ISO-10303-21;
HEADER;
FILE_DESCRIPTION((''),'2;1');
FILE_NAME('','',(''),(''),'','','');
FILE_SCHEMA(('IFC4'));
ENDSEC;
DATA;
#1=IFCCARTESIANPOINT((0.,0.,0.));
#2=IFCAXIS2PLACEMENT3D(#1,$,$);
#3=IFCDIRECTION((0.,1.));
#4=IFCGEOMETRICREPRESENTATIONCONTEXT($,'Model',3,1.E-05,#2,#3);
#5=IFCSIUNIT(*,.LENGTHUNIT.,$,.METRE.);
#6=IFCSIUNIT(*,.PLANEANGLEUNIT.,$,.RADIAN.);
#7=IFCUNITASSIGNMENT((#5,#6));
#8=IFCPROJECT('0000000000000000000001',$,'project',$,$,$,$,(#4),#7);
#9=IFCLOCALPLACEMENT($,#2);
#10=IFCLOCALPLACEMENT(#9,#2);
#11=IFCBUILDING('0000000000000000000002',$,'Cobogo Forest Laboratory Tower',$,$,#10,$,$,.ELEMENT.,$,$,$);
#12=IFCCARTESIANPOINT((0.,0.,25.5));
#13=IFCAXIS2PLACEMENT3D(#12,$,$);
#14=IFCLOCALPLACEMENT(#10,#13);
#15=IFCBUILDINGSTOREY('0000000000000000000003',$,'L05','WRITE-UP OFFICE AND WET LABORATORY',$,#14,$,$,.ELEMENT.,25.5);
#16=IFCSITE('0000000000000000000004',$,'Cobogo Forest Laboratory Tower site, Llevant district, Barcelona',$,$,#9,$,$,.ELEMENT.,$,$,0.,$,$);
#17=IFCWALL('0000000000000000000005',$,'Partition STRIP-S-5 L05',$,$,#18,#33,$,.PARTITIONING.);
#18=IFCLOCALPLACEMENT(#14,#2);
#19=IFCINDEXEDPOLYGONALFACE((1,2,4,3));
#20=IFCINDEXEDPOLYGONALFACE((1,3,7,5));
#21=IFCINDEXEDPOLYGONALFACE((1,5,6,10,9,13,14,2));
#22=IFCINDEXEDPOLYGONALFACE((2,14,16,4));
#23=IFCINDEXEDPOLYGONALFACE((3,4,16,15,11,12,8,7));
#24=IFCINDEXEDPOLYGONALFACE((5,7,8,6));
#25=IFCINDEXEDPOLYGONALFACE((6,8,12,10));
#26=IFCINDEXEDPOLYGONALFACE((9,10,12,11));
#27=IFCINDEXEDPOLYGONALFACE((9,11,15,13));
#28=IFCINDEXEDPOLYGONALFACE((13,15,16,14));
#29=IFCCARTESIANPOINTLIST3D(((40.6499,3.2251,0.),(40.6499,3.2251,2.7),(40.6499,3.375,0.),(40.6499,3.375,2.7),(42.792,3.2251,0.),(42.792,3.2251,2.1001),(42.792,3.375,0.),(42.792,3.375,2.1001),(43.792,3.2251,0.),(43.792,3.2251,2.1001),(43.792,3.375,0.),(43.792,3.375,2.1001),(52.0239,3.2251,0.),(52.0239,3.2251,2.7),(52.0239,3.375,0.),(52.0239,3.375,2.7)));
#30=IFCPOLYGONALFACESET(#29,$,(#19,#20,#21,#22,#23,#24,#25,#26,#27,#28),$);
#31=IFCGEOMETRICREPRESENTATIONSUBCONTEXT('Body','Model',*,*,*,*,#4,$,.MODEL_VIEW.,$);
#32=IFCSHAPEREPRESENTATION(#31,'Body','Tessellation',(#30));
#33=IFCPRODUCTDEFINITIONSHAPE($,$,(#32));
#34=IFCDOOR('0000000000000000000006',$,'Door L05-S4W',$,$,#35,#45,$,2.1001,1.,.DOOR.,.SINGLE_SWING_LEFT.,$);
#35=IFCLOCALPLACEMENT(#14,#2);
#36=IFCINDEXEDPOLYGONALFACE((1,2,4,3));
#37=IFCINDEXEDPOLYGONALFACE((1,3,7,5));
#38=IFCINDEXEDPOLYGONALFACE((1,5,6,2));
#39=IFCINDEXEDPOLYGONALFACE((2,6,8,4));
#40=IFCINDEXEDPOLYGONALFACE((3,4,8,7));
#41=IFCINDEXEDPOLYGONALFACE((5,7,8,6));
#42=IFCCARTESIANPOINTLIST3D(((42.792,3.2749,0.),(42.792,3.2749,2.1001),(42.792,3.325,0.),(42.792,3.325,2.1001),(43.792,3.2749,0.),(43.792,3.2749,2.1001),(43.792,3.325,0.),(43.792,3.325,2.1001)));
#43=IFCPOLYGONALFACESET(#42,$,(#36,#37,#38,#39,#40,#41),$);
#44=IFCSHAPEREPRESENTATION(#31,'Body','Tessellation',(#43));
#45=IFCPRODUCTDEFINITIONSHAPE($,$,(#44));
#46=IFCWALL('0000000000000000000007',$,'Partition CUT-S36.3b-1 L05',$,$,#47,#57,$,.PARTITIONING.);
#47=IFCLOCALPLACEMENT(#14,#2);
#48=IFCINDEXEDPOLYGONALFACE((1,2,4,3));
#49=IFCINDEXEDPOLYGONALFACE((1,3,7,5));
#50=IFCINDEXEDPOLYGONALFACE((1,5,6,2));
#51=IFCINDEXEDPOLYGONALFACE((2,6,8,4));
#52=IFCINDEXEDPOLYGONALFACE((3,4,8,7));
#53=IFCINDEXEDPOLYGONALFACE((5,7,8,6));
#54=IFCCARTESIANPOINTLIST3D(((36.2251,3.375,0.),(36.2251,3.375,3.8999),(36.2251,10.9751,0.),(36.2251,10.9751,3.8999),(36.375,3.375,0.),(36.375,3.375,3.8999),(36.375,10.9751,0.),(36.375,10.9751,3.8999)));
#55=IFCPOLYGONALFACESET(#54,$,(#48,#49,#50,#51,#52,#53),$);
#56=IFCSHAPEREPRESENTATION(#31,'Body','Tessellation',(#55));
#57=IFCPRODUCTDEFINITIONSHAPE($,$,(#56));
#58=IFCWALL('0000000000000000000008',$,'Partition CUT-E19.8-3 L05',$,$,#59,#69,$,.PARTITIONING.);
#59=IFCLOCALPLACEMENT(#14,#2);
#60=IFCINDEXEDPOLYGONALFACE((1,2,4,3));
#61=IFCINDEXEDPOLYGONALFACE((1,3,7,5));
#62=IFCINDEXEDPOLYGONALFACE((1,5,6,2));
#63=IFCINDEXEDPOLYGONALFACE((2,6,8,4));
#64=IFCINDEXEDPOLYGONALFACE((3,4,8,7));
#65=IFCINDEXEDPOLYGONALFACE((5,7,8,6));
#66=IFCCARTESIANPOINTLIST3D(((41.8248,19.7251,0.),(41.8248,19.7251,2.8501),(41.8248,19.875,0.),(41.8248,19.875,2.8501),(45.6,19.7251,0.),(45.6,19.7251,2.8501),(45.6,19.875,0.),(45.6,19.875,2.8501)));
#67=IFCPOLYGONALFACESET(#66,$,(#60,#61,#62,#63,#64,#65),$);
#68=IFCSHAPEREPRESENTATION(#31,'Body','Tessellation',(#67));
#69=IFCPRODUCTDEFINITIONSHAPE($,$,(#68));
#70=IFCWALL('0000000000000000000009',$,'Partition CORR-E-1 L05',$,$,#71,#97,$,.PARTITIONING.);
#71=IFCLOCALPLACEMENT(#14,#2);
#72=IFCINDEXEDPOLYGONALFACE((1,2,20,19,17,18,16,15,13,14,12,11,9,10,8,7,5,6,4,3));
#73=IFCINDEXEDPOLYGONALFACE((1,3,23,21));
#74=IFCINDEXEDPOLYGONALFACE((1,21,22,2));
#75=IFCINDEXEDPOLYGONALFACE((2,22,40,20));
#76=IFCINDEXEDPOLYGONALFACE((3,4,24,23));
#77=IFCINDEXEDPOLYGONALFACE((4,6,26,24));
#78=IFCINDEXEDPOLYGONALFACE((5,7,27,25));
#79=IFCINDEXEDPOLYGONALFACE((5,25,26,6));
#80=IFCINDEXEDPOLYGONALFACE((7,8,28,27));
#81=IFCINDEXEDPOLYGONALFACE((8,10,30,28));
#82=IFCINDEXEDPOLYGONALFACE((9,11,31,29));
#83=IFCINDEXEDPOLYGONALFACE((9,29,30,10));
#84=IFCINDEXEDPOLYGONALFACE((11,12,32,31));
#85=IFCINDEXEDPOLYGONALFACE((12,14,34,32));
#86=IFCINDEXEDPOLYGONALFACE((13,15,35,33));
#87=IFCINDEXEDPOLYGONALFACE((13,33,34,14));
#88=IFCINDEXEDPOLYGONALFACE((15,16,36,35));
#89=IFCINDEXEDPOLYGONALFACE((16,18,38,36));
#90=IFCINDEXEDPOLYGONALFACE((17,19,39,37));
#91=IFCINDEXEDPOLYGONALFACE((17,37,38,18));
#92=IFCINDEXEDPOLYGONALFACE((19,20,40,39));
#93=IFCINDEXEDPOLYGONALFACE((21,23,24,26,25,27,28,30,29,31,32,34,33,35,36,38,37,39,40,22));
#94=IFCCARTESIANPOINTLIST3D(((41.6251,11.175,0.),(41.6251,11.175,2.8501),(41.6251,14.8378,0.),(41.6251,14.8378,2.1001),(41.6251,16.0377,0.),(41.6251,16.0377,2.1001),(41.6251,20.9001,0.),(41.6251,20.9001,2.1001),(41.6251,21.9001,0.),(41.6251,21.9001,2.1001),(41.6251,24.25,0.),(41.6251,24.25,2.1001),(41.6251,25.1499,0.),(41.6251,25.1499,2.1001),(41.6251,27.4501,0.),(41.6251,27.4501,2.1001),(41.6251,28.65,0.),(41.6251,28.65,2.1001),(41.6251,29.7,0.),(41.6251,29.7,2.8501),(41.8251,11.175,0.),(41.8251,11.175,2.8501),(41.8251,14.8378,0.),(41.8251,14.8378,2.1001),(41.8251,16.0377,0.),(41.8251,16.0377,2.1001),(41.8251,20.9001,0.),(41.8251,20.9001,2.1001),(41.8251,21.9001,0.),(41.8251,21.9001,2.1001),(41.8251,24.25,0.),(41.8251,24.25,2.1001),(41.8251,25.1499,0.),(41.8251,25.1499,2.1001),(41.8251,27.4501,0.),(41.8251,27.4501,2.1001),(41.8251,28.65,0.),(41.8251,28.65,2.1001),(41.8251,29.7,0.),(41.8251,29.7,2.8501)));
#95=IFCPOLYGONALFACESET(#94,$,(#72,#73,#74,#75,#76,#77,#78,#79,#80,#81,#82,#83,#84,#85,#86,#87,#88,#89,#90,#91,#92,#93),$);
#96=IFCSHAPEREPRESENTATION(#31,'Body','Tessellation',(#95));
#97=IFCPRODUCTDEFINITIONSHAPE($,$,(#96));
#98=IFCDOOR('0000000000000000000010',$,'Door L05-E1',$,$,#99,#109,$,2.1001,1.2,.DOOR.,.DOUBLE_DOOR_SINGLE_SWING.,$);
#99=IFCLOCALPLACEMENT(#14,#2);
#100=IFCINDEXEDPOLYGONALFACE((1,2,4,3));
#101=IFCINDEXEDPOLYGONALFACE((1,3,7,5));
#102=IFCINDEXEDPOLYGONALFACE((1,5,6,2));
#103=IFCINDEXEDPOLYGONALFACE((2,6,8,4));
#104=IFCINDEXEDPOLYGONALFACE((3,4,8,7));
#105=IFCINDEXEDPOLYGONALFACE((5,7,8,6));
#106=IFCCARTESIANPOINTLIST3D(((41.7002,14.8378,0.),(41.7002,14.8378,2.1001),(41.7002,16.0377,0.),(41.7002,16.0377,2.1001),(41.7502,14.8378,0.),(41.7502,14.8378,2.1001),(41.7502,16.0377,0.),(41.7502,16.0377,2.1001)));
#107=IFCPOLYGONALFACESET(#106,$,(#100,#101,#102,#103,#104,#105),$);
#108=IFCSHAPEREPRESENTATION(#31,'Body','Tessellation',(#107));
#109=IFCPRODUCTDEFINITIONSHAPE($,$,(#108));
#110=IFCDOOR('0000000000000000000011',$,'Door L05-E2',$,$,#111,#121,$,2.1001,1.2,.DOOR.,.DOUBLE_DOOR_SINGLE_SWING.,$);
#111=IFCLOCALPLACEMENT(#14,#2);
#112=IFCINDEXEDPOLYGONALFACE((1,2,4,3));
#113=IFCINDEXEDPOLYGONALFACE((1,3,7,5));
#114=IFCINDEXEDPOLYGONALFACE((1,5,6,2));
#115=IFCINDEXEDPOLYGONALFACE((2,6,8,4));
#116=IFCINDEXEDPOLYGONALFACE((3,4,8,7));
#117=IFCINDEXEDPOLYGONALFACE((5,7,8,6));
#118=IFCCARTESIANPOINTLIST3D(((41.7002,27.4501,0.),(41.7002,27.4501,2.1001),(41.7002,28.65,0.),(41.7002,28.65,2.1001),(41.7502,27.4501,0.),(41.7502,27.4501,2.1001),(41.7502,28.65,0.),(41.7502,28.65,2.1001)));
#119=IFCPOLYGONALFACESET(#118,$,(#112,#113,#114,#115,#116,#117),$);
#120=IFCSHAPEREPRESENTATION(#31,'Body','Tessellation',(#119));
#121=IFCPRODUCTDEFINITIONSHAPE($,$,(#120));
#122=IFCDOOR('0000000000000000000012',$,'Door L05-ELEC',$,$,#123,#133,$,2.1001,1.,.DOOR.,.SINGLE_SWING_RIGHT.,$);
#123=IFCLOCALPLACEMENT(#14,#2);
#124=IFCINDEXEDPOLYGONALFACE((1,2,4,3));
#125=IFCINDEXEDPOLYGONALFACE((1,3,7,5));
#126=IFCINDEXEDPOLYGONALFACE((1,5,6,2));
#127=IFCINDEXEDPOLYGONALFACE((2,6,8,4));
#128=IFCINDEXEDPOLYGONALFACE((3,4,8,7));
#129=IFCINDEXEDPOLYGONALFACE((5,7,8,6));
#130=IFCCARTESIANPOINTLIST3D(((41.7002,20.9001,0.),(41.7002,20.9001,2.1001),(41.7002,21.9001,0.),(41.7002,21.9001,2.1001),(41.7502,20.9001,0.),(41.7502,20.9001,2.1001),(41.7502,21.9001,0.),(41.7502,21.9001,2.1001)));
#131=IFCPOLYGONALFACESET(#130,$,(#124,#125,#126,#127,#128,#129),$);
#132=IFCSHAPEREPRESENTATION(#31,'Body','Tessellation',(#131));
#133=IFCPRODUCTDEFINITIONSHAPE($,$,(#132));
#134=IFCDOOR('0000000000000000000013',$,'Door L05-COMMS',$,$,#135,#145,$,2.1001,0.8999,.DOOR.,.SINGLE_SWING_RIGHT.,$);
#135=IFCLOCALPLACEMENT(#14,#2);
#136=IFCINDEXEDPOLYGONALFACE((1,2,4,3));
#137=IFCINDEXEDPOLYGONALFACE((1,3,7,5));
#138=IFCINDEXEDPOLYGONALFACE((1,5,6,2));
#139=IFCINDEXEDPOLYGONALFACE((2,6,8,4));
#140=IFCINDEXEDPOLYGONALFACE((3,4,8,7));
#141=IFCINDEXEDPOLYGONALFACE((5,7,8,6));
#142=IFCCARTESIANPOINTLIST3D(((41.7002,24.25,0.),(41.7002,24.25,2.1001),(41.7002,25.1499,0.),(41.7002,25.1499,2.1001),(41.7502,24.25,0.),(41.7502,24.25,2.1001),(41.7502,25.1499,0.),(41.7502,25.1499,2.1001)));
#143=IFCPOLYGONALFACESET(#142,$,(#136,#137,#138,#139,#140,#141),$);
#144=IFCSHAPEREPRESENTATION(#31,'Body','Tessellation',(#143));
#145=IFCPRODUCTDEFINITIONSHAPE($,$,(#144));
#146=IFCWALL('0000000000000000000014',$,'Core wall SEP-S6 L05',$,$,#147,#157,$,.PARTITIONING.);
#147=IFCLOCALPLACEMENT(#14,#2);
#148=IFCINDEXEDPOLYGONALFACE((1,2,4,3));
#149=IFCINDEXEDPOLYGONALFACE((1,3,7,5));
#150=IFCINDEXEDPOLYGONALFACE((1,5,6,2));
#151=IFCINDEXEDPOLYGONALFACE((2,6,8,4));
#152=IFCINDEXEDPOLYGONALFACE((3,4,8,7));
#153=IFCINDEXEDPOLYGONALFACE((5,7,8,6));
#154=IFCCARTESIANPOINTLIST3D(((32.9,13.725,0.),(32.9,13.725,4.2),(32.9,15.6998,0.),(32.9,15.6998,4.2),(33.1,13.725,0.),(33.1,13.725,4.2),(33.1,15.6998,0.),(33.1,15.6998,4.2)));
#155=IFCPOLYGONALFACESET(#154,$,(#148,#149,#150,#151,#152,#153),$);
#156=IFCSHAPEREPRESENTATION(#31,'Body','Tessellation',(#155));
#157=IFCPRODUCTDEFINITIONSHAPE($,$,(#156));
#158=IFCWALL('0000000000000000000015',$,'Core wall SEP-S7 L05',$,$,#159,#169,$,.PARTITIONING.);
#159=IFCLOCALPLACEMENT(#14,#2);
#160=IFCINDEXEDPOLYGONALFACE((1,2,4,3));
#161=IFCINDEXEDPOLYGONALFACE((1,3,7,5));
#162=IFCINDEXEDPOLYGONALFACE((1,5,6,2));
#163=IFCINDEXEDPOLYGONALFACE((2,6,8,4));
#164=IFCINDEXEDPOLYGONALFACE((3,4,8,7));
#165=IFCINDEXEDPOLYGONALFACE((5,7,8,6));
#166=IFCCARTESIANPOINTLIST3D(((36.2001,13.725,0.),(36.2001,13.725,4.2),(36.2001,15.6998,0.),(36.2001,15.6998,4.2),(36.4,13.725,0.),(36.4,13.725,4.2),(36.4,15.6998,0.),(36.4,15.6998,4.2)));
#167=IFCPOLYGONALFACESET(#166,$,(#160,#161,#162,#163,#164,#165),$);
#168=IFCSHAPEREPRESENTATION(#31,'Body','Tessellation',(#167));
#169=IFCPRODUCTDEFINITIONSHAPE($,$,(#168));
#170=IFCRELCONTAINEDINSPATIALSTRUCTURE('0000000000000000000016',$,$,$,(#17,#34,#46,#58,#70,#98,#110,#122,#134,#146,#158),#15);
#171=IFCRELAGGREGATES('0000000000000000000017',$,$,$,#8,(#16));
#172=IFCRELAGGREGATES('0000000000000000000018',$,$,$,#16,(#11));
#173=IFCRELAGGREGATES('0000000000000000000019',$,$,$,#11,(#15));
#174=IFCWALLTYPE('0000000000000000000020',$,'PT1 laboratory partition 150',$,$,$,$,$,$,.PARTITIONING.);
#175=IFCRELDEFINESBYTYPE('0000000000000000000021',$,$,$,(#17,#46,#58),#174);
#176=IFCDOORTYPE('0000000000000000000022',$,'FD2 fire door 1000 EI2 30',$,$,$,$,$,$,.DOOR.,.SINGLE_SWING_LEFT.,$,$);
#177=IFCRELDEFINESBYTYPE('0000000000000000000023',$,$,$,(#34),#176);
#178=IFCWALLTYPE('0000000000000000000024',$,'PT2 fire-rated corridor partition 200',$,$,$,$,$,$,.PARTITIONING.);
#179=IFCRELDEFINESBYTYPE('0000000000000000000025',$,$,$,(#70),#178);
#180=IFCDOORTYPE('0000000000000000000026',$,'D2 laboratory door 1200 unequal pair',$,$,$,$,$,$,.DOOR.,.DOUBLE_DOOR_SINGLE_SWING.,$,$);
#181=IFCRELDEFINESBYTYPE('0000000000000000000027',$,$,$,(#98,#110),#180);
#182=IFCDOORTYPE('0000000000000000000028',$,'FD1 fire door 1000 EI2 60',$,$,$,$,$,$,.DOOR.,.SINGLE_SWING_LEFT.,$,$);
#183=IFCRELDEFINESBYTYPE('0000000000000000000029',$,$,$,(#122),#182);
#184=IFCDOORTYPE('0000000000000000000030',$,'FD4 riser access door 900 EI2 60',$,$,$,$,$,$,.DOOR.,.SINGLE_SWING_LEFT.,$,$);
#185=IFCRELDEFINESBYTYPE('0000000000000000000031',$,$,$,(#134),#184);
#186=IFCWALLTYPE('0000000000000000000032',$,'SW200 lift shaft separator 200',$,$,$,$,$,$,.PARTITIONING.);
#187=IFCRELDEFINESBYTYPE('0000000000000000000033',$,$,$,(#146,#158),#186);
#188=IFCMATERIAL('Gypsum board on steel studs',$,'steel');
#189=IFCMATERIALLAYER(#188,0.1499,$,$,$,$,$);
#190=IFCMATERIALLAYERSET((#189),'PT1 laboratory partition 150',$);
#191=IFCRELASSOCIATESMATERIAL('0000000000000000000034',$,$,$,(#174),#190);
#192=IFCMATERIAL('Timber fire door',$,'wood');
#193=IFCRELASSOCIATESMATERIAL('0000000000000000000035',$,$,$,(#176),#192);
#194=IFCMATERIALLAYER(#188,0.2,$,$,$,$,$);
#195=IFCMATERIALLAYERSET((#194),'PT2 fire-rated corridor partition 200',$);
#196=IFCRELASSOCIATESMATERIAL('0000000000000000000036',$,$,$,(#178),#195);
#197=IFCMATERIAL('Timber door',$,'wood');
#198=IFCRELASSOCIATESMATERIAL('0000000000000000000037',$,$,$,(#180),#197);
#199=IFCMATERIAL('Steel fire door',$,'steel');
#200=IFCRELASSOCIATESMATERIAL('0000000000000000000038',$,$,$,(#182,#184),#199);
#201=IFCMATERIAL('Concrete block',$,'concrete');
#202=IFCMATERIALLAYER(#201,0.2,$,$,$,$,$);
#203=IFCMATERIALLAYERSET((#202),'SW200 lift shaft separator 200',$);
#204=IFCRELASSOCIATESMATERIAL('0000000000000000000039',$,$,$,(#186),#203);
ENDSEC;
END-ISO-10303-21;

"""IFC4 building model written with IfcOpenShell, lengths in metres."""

from ifc_helpers import new_model, si_unit, direction, frame, frame_2d, origin, place, context, subcontext, project, spatial, rectangle, extrude, material, layer, layer_set, type_object, element, fill, save


model = new_model("IFC4")

# Units and contexts
model_context = context("Model", 3, precision=1e-05, world=origin(), true_north=direction((0.0, 1.0)))
body_context = subcontext(model_context, "Body", "Model", "MODEL_VIEW")
ifc_project = project(units=[si_unit("LENGTHUNIT", "METRE"), si_unit("PLANEANGLEUNIT", "RADIAN")], contexts=[model_context])

# Site, building, storey
site_placement = place(None, origin())
site = spatial("IfcSite", under=ifc_project, at=site_placement, Name="Cobogo Forest Laboratory Tower site, Llevant district, Barcelona", CompositionType="ELEMENT", RefElevation=0.0)
building_placement = place(site_placement, origin())
building = spatial("IfcBuilding", under=site, at=building_placement, Name="Cobogo Forest Laboratory Tower", CompositionType="ELEMENT")
storey_placement = place(building_placement, frame((0.0, 0.0, 25.5)))
storey = spatial("IfcBuildingStorey", under=building, at=storey_placement, Name="L05", Description="WRITE-UP OFFICE AND WET LABORATORY", CompositionType="ELEMENT", Elevation=25.5)

# Shared definitions
ifc_material_1 = material(Name="Steel fire door", Category="steel")

# Shared definitions
ifc_material_2 = material(Name="Gypsum board on steel studs", Category="steel")
ifc_layer_1 = layer(ifc_material_2, 0.1499)
ifc_layer_set_1 = layer_set([ifc_layer_1], Name="PT1 laboratory partition 150")
wall_type_1 = type_object("IfcWallType", Name="PT1 laboratory partition 150", PredefinedType="PARTITIONING", material=ifc_layer_set_1)

# Wall, opening, door
wall_1_placement = place(storey_placement, frame((40.6499, 3.3, 0.0), z_axis=(0.0, 0.0, 1.0), x_axis=(1.0, 0.0, 0.0)))
wall_1 = element("IfcWall", 1, at=wall_1_placement, inside=storey, type_object=wall_type_1, Name="Partition STRIP-S-5 L05", PredefinedType="PARTITIONING", context=body_context, shape_type="SweptSolid", body=[
    extrude(rectangle(XDim=11.374, YDim=0.1499, at=frame_2d((5.687, 0.0))), origin(), (0.0, 0.0, 1.0), 2.7),
])
opening_1_placement = place(wall_1_placement, frame((2.1421, 0.0, 0.0)))
opening_1 = element("IfcOpeningElement", 2, at=opening_1_placement, cuts=wall_1, PredefinedType="OPENING", context=body_context, shape_type="SweptSolid", body=[
    extrude(rectangle(XDim=1.0, YDim=2.1001, at=frame_2d((0.5, 1.05))), frame((0.0, 0.085, 0.0), z_axis=(0.0, -1.0, 0.0), x_axis=(1.0, 0.0, 0.0)), (0.0, 0.0, 1.0), 0.1699),
])
ifc_material_3 = material(Name="Timber fire door", Category="wood")
door_type_1 = type_object("IfcDoorType", Name="FD2 fire door 1000 EI2 30", OperationType="SINGLE_SWING_LEFT", PredefinedType="DOOR", material=ifc_material_3)
door_1_placement = place(opening_1_placement, origin())
door_1 = element("IfcDoor", 3, at=door_1_placement, inside=storey, type_object=door_type_1, Name="Door L05-S4W", OperationType="SINGLE_SWING_LEFT", OverallHeight=2.1001, OverallWidth=1.0, PredefinedType="DOOR", context=body_context, shape_type="SweptSolid", body=[
    extrude(rectangle(XDim=1.0, YDim=2.1001, at=frame_2d((0.5, 1.05))), frame((0.0, 0.0249, 0.0), z_axis=(0.0, -1.0, 0.0), x_axis=(1.0, 0.0, 0.0)), (0.0, 0.0, 1.0), 0.05),
])
fill(opening_1, door_1)

# Walls
wall_2_placement = place(storey_placement, frame((36.3, 3.375, 0.0), z_axis=(0.0, 0.0, 1.0), x_axis=(0.0, 1.0, 0.0)))
element("IfcWall", 4, at=wall_2_placement, inside=storey, type_object=wall_type_1, Name="Partition CUT-S36.3b-1 L05", PredefinedType="PARTITIONING", context=body_context, shape_type="SweptSolid", body=[
    extrude(rectangle(XDim=7.6001, YDim=0.1499, at=frame_2d((3.8, 0.0))), origin(), (0.0, 0.0, 1.0), 3.8999),
])
wall_3_placement = place(storey_placement, frame((45.6001, 19.8, 0.0), z_axis=(0.0, 0.0, 1.0), x_axis=(-1.0, 0.0, 0.0)))
element("IfcWall", 5, at=wall_3_placement, inside=storey, type_object=wall_type_1, Name="Partition CUT-E19.8-3 L05", PredefinedType="PARTITIONING", context=body_context, shape_type="SweptSolid", body=[
    extrude(rectangle(XDim=3.7751, YDim=0.1499, at=frame_2d((1.8877, 0.0))), origin(), (0.0, 0.0, 1.0), 2.8501),
])

# Wall, openings, doors
ifc_layer_2 = layer(ifc_material_2, 0.2)
ifc_layer_set_2 = layer_set([ifc_layer_2], Name="PT2 fire-rated corridor partition 200")
wall_type_2 = type_object("IfcWallType", Name="PT2 fire-rated corridor partition 200", PredefinedType="PARTITIONING", material=ifc_layer_set_2)
wall_4_placement = place(storey_placement, frame((41.7251, 11.175, 0.0), z_axis=(0.0, 0.0, 1.0), x_axis=(0.0, 1.0, 0.0)))
wall_4 = element("IfcWall", 6, at=wall_4_placement, inside=storey, type_object=wall_type_2, Name="Partition CORR-E-1 L05", PredefinedType="PARTITIONING", context=body_context, shape_type="SweptSolid", body=[
    extrude(rectangle(XDim=18.5249, YDim=0.2, at=frame_2d((9.2625, 0.0))), origin(), (0.0, 0.0, 1.0), 2.8501),
])
opening_2_placement = place(wall_4_placement, frame((3.6626, 0.0, 0.0)))
opening_2 = element("IfcOpeningElement", 7, at=opening_2_placement, cuts=wall_4, PredefinedType="OPENING", context=body_context, shape_type="SweptSolid", body=[
    extrude(rectangle(XDim=1.2, YDim=2.1001, at=frame_2d((0.6001, 1.05))), frame((0.0, 0.1099, 0.0), z_axis=(0.0, -1.0, 0.0), x_axis=(1.0, 0.0, 0.0)), (0.0, 0.0, 1.0), 0.22),
])
opening_3_placement = place(wall_4_placement, frame((9.7251, 0.0, 0.0)))
opening_3 = element("IfcOpeningElement", 8, at=opening_3_placement, cuts=wall_4, PredefinedType="OPENING", context=body_context, shape_type="SweptSolid", body=[
    extrude(rectangle(XDim=1.0, YDim=2.1001, at=frame_2d((0.5, 1.05))), frame((0.0, 0.1099, 0.0), z_axis=(0.0, -1.0, 0.0), x_axis=(1.0, 0.0, 0.0)), (0.0, 0.0, 1.0), 0.22),
])
opening_4_placement = place(wall_4_placement, frame((13.075, 0.0, 0.0)))
opening_4 = element("IfcOpeningElement", 9, at=opening_4_placement, cuts=wall_4, PredefinedType="OPENING", context=body_context, shape_type="SweptSolid", body=[
    extrude(rectangle(XDim=0.8999, YDim=2.1001, at=frame_2d((0.45, 1.05))), frame((0.0, 0.1099, 0.0), z_axis=(0.0, -1.0, 0.0), x_axis=(1.0, 0.0, 0.0)), (0.0, 0.0, 1.0), 0.22),
])
opening_5_placement = place(wall_4_placement, frame((16.2749, 0.0, 0.0)))
opening_5 = element("IfcOpeningElement", 10, at=opening_5_placement, cuts=wall_4, PredefinedType="OPENING", context=body_context, shape_type="SweptSolid", body=[
    extrude(rectangle(XDim=1.2, YDim=2.1001, at=frame_2d((0.6001, 1.05))), frame((0.0, 0.1099, 0.0), z_axis=(0.0, -1.0, 0.0), x_axis=(1.0, 0.0, 0.0)), (0.0, 0.0, 1.0), 0.22),
])
ifc_material_4 = material(Name="Timber door", Category="wood")
door_type_2 = type_object("IfcDoorType", Name="D2 laboratory door 1200 unequal pair", OperationType="DOUBLE_DOOR_SINGLE_SWING", PredefinedType="DOOR", material=ifc_material_4)
door_2_placement = place(opening_2_placement, origin())
door_2 = element("IfcDoor", 11, at=door_2_placement, inside=storey, type_object=door_type_2, Name="Door L05-E1", OperationType="DOUBLE_DOOR_SINGLE_SWING", OverallHeight=2.1001, OverallWidth=1.2, PredefinedType="DOOR", context=body_context, shape_type="SweptSolid", body=[
    extrude(rectangle(XDim=1.2, YDim=2.1001, at=frame_2d((0.6001, 1.05))), frame((0.0, 0.0249, 0.0), z_axis=(0.0, -1.0, 0.0), x_axis=(1.0, 0.0, 0.0)), (0.0, 0.0, 1.0), 0.05),
])
fill(opening_2, door_2)
door_3_placement = place(opening_5_placement, origin())
door_3 = element("IfcDoor", 12, at=door_3_placement, inside=storey, type_object=door_type_2, Name="Door L05-E2", OperationType="DOUBLE_DOOR_SINGLE_SWING", OverallHeight=2.1001, OverallWidth=1.2, PredefinedType="DOOR", context=body_context, shape_type="SweptSolid", body=[
    extrude(rectangle(XDim=1.2, YDim=2.1001, at=frame_2d((0.6001, 1.05))), frame((0.0, 0.0249, 0.0), z_axis=(0.0, -1.0, 0.0), x_axis=(1.0, 0.0, 0.0)), (0.0, 0.0, 1.0), 0.05),
])
fill(opening_5, door_3)
door_type_3 = type_object("IfcDoorType", Name="FD1 fire door 1000 EI2 60", OperationType="SINGLE_SWING_LEFT", PredefinedType="DOOR", material=ifc_material_1)
door_4_placement = place(opening_3_placement, origin())
door_4 = element("IfcDoor", 13, at=door_4_placement, inside=storey, type_object=door_type_3, Name="Door L05-ELEC", OperationType="SINGLE_SWING_RIGHT", OverallHeight=2.1001, OverallWidth=1.0, PredefinedType="DOOR", context=body_context, shape_type="SweptSolid", body=[
    extrude(rectangle(XDim=1.0, YDim=2.1001, at=frame_2d((0.5, 1.05))), frame((0.0, 0.0249, 0.0), z_axis=(0.0, -1.0, 0.0), x_axis=(1.0, 0.0, 0.0)), (0.0, 0.0, 1.0), 0.05),
])
fill(opening_3, door_4)
door_type_4 = type_object("IfcDoorType", Name="FD4 riser access door 900 EI2 60", OperationType="SINGLE_SWING_LEFT", PredefinedType="DOOR", material=ifc_material_1)
door_5_placement = place(opening_4_placement, origin())
door_5 = element("IfcDoor", 14, at=door_5_placement, inside=storey, type_object=door_type_4, Name="Door L05-COMMS", OperationType="SINGLE_SWING_RIGHT", OverallHeight=2.1001, OverallWidth=0.8999, PredefinedType="DOOR", context=body_context, shape_type="SweptSolid", body=[
    extrude(rectangle(XDim=0.8999, YDim=2.1001, at=frame_2d((0.45, 1.05))), frame((0.0, 0.0249, 0.0), z_axis=(0.0, -1.0, 0.0), x_axis=(1.0, 0.0, 0.0)), (0.0, 0.0, 1.0), 0.05),
])
fill(opening_4, door_5)

# Walls
ifc_material_5 = material(Name="Concrete block", Category="concrete")
ifc_layer_3 = layer(ifc_material_5, 0.2)
ifc_layer_set_3 = layer_set([ifc_layer_3], Name="SW200 lift shaft separator 200")
wall_type_3 = type_object("IfcWallType", Name="SW200 lift shaft separator 200", PredefinedType="PARTITIONING", material=ifc_layer_set_3)
for number, where, z_axis, x_axis, name in (
    (15, (33.0, 13.7251, 0.0), (0.0, 0.0, 1.0), (0.0, 1.0, 0.0), "Core wall SEP-S6 L05"),
    (16, (36.3, 13.7251, 0.0), (0.0, 0.0, 1.0), (0.0, 1.0, 0.0), "Core wall SEP-S7 L05"),
):
    element("IfcWall", number, at=place(storey_placement, frame(where, z_axis=z_axis, x_axis=x_axis)), inside=storey, type_object=wall_type_3, Name=name, PredefinedType="PARTITIONING", context=body_context, shape_type="SweptSolid", body=[
        extrude(rectangle(XDim=1.9749, YDim=0.2, at=frame_2d((0.9873, 0.0))), origin(), (0.0, 0.0, 1.0), 4.2),
    ])

save(model, "model.ifc")
